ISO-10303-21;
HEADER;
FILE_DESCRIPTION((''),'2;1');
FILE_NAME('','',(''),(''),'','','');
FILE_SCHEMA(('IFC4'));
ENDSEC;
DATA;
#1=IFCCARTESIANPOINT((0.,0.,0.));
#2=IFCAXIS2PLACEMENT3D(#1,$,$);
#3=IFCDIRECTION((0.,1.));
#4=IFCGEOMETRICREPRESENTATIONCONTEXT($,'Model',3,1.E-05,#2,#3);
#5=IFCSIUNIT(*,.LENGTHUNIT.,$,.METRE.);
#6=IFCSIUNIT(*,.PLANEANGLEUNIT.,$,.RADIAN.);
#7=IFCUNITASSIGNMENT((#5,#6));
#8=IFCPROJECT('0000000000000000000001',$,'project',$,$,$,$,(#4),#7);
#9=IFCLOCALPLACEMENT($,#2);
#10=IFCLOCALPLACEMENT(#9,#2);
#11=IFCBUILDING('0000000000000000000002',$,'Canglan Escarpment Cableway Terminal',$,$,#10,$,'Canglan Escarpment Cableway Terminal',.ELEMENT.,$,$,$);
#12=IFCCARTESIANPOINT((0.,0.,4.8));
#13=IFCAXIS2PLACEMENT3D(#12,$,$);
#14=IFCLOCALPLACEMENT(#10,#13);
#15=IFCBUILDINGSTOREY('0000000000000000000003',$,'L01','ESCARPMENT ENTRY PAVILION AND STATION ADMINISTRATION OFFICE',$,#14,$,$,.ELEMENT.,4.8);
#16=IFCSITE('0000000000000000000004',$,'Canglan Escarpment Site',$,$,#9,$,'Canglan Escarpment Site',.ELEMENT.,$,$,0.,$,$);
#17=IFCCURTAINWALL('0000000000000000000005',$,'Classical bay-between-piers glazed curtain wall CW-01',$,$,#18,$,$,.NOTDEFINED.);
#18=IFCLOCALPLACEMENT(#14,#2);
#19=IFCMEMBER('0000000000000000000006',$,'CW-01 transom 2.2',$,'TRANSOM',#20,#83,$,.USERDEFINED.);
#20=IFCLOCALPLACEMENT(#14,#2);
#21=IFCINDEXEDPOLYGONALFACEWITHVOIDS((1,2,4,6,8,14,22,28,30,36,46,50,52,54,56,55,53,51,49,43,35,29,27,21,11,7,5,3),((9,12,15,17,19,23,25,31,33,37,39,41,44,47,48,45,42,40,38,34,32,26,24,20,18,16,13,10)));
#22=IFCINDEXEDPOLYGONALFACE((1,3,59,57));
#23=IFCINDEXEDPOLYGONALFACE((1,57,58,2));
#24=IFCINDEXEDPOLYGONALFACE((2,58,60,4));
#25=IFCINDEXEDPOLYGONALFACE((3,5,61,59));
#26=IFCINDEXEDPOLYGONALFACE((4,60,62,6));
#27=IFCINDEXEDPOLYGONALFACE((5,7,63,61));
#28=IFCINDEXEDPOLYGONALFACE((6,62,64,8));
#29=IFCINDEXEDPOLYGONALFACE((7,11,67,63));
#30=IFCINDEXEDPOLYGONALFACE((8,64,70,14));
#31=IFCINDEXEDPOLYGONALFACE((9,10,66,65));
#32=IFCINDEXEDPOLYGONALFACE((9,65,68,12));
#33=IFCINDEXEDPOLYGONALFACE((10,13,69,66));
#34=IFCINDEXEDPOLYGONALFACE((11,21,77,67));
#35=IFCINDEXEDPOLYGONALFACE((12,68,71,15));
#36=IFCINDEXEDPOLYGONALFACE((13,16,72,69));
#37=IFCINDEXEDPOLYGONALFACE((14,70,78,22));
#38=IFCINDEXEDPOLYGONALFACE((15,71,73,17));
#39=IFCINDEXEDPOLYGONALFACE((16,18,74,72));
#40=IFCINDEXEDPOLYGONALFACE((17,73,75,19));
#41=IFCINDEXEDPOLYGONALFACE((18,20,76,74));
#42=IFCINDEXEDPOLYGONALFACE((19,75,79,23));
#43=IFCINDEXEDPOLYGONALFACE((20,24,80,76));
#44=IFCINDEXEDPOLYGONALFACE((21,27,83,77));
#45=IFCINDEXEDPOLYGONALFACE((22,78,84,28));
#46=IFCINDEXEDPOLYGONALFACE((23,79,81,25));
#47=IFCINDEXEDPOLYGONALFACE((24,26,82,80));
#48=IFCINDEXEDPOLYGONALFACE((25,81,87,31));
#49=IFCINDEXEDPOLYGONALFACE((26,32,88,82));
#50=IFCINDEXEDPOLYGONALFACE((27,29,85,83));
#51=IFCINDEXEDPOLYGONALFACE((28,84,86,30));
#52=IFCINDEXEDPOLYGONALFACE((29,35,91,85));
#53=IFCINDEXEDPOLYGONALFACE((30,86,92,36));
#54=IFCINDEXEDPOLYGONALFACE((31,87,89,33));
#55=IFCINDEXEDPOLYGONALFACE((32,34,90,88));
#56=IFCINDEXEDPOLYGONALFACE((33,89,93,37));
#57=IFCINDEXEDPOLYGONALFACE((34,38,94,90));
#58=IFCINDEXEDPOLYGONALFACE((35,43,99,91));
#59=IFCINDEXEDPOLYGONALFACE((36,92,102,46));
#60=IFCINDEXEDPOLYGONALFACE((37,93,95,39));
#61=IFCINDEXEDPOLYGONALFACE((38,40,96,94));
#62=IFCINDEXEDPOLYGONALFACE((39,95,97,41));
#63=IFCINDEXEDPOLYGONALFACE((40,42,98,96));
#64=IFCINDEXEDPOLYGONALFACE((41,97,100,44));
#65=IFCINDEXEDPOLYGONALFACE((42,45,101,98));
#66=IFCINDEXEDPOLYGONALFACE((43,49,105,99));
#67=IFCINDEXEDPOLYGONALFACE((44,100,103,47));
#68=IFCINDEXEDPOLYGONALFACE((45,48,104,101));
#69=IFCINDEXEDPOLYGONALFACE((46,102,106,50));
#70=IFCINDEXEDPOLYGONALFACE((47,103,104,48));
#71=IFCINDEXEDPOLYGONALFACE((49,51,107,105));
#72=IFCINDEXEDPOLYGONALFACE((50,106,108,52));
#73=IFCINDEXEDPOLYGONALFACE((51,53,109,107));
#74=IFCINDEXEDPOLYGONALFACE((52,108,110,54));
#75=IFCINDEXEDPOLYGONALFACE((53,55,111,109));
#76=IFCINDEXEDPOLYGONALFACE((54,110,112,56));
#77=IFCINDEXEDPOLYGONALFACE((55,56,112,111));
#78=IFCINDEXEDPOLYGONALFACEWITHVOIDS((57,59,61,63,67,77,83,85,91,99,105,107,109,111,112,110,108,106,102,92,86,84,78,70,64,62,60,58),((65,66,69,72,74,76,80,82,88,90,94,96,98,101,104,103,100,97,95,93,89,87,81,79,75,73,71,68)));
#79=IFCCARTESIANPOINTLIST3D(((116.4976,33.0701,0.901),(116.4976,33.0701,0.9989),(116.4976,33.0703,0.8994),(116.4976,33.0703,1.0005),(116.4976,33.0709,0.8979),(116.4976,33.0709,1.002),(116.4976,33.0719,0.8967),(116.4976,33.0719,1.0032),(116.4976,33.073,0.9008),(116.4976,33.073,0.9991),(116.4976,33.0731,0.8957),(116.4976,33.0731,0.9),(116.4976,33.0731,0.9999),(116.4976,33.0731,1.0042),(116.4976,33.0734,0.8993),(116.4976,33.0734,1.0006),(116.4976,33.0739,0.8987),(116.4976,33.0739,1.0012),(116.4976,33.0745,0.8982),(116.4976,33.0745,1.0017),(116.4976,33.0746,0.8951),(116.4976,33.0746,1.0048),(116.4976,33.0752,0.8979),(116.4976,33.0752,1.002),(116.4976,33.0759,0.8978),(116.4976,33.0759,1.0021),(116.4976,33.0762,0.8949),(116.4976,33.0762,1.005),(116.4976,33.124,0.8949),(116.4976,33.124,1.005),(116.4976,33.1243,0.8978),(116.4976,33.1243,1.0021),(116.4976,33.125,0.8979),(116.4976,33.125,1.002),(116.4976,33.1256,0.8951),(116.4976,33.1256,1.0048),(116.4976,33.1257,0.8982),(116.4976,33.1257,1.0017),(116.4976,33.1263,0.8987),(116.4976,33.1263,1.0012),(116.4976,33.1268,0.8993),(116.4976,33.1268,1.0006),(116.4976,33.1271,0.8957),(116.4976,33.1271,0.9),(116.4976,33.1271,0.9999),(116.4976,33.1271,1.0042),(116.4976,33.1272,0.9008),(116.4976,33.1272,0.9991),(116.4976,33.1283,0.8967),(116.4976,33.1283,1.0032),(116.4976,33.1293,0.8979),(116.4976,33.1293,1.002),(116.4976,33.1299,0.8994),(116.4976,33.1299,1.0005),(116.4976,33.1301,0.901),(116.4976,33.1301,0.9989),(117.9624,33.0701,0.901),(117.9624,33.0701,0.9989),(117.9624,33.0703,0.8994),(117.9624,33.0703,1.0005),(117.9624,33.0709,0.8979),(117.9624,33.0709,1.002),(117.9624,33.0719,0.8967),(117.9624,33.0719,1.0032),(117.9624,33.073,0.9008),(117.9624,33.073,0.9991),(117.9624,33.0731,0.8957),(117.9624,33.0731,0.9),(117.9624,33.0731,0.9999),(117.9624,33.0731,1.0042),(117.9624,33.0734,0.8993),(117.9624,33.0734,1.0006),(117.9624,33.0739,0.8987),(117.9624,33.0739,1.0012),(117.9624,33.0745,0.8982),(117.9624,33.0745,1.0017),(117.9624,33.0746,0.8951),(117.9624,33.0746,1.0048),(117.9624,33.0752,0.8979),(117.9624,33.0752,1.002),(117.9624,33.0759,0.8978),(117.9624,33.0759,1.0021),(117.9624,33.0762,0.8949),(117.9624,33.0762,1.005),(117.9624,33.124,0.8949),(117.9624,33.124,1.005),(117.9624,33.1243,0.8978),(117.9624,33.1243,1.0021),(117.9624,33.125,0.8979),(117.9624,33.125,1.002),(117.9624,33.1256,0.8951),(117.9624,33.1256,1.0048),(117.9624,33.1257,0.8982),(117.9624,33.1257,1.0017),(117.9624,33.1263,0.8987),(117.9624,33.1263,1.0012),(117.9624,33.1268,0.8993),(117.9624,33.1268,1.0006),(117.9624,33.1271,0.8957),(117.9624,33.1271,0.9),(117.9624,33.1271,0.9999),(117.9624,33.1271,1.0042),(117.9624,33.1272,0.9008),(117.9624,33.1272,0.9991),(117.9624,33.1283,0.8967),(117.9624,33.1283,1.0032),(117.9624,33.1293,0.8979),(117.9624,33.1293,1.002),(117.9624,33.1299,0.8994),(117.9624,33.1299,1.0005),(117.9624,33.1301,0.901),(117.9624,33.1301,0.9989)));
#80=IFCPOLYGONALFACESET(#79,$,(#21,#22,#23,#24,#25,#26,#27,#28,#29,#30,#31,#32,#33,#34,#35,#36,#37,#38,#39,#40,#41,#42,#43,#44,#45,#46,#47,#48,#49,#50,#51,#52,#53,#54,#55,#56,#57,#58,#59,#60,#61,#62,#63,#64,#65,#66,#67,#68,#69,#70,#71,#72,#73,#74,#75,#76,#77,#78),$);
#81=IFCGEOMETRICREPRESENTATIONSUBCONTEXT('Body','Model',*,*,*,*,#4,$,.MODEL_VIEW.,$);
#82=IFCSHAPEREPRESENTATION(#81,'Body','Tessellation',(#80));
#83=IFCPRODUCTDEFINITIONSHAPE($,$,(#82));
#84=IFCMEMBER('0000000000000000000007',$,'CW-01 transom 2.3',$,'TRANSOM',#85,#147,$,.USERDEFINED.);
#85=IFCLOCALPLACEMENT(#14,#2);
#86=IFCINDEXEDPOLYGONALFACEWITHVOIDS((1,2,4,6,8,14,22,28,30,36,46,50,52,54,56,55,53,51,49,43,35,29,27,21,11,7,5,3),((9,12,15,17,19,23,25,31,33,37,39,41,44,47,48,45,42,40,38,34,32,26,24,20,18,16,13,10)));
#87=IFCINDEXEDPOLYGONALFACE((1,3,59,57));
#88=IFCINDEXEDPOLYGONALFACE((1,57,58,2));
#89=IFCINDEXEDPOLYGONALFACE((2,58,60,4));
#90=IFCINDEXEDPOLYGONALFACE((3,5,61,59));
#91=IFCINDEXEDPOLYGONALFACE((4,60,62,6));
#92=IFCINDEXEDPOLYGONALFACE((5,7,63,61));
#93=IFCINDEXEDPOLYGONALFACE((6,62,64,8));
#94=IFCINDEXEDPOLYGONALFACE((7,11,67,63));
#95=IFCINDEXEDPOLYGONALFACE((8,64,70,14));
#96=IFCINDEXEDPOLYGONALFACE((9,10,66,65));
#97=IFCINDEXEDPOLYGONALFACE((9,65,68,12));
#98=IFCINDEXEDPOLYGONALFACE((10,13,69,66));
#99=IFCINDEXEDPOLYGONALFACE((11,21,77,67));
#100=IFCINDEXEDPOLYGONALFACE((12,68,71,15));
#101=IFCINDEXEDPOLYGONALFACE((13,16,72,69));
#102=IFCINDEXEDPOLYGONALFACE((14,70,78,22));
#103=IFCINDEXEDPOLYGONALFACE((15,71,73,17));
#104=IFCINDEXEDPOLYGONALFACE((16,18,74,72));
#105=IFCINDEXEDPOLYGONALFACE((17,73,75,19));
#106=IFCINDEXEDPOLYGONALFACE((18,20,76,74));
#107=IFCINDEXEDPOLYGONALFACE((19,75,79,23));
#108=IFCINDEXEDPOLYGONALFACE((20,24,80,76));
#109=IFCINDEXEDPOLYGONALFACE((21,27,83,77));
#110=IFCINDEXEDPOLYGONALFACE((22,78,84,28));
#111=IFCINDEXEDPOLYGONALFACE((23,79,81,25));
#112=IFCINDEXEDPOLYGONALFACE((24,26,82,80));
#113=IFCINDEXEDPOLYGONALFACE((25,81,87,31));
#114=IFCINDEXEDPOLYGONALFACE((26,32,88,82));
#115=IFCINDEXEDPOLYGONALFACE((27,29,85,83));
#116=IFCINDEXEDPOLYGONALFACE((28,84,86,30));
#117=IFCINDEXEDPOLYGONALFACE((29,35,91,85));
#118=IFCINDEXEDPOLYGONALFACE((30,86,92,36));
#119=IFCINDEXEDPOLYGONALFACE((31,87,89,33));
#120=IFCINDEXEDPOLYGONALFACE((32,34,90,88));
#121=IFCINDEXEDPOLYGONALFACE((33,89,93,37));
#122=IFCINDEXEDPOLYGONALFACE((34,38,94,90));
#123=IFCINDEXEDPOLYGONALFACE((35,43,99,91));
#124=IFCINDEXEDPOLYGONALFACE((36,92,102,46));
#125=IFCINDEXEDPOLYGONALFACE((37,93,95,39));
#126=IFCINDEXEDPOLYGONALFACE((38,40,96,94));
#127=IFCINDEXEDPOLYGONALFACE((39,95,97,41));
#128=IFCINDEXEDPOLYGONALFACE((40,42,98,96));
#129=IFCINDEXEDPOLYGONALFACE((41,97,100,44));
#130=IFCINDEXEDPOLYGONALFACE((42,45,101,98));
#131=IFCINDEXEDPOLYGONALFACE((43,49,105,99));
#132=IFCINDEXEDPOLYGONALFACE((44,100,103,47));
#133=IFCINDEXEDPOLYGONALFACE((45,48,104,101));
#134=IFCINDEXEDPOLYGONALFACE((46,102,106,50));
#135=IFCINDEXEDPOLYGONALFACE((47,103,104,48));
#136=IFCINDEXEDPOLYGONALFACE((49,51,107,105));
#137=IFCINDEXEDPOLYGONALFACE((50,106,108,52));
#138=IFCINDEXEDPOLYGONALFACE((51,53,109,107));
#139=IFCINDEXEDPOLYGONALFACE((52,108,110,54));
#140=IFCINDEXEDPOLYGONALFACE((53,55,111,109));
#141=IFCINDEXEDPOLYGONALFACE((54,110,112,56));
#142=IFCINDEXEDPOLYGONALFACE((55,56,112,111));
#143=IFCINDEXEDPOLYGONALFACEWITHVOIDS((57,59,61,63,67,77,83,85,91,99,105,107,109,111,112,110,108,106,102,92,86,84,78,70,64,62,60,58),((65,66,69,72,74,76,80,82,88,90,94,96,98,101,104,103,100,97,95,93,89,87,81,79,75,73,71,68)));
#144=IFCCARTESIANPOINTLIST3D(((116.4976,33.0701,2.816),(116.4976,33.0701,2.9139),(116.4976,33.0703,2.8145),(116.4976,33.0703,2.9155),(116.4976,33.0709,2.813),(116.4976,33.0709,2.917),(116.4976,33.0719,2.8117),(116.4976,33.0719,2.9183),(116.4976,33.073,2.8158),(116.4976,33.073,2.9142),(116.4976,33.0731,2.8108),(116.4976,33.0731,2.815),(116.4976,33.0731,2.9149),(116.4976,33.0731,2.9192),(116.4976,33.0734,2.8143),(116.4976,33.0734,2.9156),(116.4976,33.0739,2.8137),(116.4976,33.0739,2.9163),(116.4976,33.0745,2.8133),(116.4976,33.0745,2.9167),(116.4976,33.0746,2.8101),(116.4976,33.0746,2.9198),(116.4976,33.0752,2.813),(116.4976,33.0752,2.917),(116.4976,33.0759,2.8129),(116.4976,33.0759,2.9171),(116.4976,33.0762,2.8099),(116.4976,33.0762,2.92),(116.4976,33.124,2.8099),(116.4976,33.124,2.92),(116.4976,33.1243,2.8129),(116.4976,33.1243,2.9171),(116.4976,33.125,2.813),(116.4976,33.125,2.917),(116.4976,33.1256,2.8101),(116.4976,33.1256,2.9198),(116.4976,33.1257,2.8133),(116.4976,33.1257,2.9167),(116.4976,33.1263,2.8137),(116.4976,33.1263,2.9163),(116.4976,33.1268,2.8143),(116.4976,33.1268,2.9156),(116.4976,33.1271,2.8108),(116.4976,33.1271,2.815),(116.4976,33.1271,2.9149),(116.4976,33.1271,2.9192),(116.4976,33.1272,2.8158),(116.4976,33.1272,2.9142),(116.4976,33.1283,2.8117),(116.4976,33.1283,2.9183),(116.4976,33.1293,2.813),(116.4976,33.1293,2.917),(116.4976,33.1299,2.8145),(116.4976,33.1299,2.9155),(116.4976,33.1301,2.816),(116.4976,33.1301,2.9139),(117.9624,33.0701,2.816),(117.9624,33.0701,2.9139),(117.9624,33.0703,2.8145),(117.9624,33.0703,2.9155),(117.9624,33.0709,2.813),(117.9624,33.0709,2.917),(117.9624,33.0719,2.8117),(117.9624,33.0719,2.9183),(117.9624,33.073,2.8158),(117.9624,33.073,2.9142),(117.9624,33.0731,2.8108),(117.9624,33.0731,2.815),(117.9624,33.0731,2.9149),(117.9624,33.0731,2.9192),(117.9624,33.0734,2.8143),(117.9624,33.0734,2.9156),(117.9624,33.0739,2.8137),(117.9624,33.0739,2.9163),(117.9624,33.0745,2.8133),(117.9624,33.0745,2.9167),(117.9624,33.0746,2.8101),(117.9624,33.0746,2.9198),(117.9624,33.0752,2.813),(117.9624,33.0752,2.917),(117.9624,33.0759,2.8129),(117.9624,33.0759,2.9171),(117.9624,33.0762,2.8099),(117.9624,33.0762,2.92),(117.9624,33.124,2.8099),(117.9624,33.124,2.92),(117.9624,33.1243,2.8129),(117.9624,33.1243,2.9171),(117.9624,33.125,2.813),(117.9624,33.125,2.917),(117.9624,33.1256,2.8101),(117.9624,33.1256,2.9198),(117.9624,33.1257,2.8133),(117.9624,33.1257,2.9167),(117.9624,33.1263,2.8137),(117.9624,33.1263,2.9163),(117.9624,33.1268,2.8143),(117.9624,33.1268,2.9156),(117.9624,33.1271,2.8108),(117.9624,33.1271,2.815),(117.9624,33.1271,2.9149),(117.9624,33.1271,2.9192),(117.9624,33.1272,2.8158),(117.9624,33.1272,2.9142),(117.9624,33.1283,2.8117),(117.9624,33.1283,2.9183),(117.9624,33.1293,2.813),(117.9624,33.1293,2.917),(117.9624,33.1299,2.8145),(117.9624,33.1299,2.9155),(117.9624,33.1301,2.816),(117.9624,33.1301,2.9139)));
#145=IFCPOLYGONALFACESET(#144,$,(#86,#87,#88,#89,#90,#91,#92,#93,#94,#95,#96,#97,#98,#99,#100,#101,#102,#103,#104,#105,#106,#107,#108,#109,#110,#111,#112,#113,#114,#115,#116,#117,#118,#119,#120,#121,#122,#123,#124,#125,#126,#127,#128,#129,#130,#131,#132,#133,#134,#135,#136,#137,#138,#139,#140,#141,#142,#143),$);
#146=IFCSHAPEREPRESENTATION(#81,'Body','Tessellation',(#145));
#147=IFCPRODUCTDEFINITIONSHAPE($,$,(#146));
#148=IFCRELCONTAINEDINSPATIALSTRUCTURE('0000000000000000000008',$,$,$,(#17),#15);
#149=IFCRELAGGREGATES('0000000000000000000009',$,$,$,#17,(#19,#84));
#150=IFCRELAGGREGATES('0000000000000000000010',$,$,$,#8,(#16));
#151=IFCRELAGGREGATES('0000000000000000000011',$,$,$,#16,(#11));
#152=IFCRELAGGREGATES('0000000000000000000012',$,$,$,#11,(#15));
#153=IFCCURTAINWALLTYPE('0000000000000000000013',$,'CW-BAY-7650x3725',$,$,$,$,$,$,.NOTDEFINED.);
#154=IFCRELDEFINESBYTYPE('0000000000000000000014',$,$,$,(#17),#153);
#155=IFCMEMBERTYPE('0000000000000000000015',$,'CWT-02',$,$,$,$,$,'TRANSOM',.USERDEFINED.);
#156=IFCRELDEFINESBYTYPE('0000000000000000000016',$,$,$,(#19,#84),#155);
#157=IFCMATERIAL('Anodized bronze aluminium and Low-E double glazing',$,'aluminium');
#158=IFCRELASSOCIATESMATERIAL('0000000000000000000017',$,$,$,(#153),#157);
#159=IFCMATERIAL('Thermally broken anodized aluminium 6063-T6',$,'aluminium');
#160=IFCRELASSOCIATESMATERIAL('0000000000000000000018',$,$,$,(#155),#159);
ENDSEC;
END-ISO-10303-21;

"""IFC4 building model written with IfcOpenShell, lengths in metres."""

from ifc_helpers import new_model, si_unit, direction, frame, origin, origin_2d, place, context, subcontext, project, spatial, hollow_rectangle, extrude, material, material_profile, profile_set, type_object, element, aggregate, save


model = new_model("IFC4")

# Units and contexts
model_context = context("Model", 3, precision=1e-05, world=origin(), true_north=direction((0.0, 1.0)))
body_context = subcontext(model_context, "Body", "Model", "MODEL_VIEW")
ifc_project = project(units=[si_unit("LENGTHUNIT", "METRE"), si_unit("PLANEANGLEUNIT", "RADIAN")], contexts=[model_context])

# Site, building, storey
site_placement = place(None, origin())
site = spatial("IfcSite", under=ifc_project, at=site_placement, Name="Canglan Escarpment Site", LongName="Canglan Escarpment Site", CompositionType="ELEMENT", RefElevation=0.0)
building_placement = place(site_placement, origin())
building = spatial("IfcBuilding", under=site, at=building_placement, Name="Canglan Escarpment Cableway Terminal", LongName="Canglan Escarpment Cableway Terminal", CompositionType="ELEMENT")
storey_placement = place(building_placement, frame((0.0, 0.0, 4.8)))
storey = spatial("IfcBuildingStorey", under=building, at=storey_placement, Name="L01", Description="ESCARPMENT ENTRY PAVILION AND STATION ADMINISTRATION OFFICE", CompositionType="ELEMENT", Elevation=4.8)

# Curtain wall, members
ifc_material_1 = material(Name="Anodized bronze aluminium and Low-E double glazing", Category="aluminium")
curtain_wall_type = type_object("IfcCurtainWallType", Name="CW-BAY-7650x3725", PredefinedType="NOTDEFINED", material=ifc_material_1)
curtain_wall_placement = place(storey_placement, origin())
curtain_wall = element("IfcCurtainWall", 1, at=curtain_wall_placement, inside=storey, type_object=curtain_wall_type, Name="Classical bay-between-piers glazed curtain wall CW-01", PredefinedType="NOTDEFINED")
ifc_material_2 = material(Name="Thermally broken anodized aluminium 6063-T6", Category="aluminium")
ifc_material_profile_1 = material_profile(ifc_material_2, hollow_rectangle(XDim=0.0601, YDim=0.1101, WallThickness=0.0029, InnerFilletRadius=0.0029, OuterFilletRadius=0.0061, at=origin_2d()), Name="ALU-TRAN 60x110x3")
ifc_profile_set_1 = profile_set([ifc_material_profile_1], Name="Thermally broken anodized aluminium 6063-T6")
member_type_1 = type_object("IfcMemberType", Name="CWT-02", ElementType="TRANSOM", PredefinedType="USERDEFINED", material=ifc_profile_set_1)
member_1_placement = place(storey_placement, frame((117.9624, 33.1001, 0.95), z_axis=(-1.0, 0.0, 0.0), x_axis=(0.0, -1.0, 0.0)))
member_1 = element("IfcMember", 2, at=member_1_placement, type_object=member_type_1, Name="CW-01 transom 2.2", ObjectType="TRANSOM", PredefinedType="USERDEFINED", context=body_context, shape_type="SweptSolid", body=[
    extrude(hollow_rectangle(XDim=0.0601, YDim=0.1101, WallThickness=0.0029, InnerFilletRadius=0.0029, OuterFilletRadius=0.0061, at=origin_2d()), origin(), (0.0, 0.0, 1.0), 1.4648),
])
member_2_placement = place(storey_placement, frame((117.9624, 33.1001, 2.865), z_axis=(-1.0, 0.0, 0.0), x_axis=(0.0, -1.0, 0.0)))
member_2 = element("IfcMember", 3, at=member_2_placement, type_object=member_type_1, Name="CW-01 transom 2.3", ObjectType="TRANSOM", PredefinedType="USERDEFINED", context=body_context, shape_type="SweptSolid", body=[
    extrude(hollow_rectangle(XDim=0.0601, YDim=0.1101, WallThickness=0.0029, InnerFilletRadius=0.0029, OuterFilletRadius=0.0061, at=origin_2d()), origin(), (0.0, 0.0, 1.0), 1.4648),
])
aggregate(curtain_wall, [member_1, member_2])

save(model, "model.ifc")
